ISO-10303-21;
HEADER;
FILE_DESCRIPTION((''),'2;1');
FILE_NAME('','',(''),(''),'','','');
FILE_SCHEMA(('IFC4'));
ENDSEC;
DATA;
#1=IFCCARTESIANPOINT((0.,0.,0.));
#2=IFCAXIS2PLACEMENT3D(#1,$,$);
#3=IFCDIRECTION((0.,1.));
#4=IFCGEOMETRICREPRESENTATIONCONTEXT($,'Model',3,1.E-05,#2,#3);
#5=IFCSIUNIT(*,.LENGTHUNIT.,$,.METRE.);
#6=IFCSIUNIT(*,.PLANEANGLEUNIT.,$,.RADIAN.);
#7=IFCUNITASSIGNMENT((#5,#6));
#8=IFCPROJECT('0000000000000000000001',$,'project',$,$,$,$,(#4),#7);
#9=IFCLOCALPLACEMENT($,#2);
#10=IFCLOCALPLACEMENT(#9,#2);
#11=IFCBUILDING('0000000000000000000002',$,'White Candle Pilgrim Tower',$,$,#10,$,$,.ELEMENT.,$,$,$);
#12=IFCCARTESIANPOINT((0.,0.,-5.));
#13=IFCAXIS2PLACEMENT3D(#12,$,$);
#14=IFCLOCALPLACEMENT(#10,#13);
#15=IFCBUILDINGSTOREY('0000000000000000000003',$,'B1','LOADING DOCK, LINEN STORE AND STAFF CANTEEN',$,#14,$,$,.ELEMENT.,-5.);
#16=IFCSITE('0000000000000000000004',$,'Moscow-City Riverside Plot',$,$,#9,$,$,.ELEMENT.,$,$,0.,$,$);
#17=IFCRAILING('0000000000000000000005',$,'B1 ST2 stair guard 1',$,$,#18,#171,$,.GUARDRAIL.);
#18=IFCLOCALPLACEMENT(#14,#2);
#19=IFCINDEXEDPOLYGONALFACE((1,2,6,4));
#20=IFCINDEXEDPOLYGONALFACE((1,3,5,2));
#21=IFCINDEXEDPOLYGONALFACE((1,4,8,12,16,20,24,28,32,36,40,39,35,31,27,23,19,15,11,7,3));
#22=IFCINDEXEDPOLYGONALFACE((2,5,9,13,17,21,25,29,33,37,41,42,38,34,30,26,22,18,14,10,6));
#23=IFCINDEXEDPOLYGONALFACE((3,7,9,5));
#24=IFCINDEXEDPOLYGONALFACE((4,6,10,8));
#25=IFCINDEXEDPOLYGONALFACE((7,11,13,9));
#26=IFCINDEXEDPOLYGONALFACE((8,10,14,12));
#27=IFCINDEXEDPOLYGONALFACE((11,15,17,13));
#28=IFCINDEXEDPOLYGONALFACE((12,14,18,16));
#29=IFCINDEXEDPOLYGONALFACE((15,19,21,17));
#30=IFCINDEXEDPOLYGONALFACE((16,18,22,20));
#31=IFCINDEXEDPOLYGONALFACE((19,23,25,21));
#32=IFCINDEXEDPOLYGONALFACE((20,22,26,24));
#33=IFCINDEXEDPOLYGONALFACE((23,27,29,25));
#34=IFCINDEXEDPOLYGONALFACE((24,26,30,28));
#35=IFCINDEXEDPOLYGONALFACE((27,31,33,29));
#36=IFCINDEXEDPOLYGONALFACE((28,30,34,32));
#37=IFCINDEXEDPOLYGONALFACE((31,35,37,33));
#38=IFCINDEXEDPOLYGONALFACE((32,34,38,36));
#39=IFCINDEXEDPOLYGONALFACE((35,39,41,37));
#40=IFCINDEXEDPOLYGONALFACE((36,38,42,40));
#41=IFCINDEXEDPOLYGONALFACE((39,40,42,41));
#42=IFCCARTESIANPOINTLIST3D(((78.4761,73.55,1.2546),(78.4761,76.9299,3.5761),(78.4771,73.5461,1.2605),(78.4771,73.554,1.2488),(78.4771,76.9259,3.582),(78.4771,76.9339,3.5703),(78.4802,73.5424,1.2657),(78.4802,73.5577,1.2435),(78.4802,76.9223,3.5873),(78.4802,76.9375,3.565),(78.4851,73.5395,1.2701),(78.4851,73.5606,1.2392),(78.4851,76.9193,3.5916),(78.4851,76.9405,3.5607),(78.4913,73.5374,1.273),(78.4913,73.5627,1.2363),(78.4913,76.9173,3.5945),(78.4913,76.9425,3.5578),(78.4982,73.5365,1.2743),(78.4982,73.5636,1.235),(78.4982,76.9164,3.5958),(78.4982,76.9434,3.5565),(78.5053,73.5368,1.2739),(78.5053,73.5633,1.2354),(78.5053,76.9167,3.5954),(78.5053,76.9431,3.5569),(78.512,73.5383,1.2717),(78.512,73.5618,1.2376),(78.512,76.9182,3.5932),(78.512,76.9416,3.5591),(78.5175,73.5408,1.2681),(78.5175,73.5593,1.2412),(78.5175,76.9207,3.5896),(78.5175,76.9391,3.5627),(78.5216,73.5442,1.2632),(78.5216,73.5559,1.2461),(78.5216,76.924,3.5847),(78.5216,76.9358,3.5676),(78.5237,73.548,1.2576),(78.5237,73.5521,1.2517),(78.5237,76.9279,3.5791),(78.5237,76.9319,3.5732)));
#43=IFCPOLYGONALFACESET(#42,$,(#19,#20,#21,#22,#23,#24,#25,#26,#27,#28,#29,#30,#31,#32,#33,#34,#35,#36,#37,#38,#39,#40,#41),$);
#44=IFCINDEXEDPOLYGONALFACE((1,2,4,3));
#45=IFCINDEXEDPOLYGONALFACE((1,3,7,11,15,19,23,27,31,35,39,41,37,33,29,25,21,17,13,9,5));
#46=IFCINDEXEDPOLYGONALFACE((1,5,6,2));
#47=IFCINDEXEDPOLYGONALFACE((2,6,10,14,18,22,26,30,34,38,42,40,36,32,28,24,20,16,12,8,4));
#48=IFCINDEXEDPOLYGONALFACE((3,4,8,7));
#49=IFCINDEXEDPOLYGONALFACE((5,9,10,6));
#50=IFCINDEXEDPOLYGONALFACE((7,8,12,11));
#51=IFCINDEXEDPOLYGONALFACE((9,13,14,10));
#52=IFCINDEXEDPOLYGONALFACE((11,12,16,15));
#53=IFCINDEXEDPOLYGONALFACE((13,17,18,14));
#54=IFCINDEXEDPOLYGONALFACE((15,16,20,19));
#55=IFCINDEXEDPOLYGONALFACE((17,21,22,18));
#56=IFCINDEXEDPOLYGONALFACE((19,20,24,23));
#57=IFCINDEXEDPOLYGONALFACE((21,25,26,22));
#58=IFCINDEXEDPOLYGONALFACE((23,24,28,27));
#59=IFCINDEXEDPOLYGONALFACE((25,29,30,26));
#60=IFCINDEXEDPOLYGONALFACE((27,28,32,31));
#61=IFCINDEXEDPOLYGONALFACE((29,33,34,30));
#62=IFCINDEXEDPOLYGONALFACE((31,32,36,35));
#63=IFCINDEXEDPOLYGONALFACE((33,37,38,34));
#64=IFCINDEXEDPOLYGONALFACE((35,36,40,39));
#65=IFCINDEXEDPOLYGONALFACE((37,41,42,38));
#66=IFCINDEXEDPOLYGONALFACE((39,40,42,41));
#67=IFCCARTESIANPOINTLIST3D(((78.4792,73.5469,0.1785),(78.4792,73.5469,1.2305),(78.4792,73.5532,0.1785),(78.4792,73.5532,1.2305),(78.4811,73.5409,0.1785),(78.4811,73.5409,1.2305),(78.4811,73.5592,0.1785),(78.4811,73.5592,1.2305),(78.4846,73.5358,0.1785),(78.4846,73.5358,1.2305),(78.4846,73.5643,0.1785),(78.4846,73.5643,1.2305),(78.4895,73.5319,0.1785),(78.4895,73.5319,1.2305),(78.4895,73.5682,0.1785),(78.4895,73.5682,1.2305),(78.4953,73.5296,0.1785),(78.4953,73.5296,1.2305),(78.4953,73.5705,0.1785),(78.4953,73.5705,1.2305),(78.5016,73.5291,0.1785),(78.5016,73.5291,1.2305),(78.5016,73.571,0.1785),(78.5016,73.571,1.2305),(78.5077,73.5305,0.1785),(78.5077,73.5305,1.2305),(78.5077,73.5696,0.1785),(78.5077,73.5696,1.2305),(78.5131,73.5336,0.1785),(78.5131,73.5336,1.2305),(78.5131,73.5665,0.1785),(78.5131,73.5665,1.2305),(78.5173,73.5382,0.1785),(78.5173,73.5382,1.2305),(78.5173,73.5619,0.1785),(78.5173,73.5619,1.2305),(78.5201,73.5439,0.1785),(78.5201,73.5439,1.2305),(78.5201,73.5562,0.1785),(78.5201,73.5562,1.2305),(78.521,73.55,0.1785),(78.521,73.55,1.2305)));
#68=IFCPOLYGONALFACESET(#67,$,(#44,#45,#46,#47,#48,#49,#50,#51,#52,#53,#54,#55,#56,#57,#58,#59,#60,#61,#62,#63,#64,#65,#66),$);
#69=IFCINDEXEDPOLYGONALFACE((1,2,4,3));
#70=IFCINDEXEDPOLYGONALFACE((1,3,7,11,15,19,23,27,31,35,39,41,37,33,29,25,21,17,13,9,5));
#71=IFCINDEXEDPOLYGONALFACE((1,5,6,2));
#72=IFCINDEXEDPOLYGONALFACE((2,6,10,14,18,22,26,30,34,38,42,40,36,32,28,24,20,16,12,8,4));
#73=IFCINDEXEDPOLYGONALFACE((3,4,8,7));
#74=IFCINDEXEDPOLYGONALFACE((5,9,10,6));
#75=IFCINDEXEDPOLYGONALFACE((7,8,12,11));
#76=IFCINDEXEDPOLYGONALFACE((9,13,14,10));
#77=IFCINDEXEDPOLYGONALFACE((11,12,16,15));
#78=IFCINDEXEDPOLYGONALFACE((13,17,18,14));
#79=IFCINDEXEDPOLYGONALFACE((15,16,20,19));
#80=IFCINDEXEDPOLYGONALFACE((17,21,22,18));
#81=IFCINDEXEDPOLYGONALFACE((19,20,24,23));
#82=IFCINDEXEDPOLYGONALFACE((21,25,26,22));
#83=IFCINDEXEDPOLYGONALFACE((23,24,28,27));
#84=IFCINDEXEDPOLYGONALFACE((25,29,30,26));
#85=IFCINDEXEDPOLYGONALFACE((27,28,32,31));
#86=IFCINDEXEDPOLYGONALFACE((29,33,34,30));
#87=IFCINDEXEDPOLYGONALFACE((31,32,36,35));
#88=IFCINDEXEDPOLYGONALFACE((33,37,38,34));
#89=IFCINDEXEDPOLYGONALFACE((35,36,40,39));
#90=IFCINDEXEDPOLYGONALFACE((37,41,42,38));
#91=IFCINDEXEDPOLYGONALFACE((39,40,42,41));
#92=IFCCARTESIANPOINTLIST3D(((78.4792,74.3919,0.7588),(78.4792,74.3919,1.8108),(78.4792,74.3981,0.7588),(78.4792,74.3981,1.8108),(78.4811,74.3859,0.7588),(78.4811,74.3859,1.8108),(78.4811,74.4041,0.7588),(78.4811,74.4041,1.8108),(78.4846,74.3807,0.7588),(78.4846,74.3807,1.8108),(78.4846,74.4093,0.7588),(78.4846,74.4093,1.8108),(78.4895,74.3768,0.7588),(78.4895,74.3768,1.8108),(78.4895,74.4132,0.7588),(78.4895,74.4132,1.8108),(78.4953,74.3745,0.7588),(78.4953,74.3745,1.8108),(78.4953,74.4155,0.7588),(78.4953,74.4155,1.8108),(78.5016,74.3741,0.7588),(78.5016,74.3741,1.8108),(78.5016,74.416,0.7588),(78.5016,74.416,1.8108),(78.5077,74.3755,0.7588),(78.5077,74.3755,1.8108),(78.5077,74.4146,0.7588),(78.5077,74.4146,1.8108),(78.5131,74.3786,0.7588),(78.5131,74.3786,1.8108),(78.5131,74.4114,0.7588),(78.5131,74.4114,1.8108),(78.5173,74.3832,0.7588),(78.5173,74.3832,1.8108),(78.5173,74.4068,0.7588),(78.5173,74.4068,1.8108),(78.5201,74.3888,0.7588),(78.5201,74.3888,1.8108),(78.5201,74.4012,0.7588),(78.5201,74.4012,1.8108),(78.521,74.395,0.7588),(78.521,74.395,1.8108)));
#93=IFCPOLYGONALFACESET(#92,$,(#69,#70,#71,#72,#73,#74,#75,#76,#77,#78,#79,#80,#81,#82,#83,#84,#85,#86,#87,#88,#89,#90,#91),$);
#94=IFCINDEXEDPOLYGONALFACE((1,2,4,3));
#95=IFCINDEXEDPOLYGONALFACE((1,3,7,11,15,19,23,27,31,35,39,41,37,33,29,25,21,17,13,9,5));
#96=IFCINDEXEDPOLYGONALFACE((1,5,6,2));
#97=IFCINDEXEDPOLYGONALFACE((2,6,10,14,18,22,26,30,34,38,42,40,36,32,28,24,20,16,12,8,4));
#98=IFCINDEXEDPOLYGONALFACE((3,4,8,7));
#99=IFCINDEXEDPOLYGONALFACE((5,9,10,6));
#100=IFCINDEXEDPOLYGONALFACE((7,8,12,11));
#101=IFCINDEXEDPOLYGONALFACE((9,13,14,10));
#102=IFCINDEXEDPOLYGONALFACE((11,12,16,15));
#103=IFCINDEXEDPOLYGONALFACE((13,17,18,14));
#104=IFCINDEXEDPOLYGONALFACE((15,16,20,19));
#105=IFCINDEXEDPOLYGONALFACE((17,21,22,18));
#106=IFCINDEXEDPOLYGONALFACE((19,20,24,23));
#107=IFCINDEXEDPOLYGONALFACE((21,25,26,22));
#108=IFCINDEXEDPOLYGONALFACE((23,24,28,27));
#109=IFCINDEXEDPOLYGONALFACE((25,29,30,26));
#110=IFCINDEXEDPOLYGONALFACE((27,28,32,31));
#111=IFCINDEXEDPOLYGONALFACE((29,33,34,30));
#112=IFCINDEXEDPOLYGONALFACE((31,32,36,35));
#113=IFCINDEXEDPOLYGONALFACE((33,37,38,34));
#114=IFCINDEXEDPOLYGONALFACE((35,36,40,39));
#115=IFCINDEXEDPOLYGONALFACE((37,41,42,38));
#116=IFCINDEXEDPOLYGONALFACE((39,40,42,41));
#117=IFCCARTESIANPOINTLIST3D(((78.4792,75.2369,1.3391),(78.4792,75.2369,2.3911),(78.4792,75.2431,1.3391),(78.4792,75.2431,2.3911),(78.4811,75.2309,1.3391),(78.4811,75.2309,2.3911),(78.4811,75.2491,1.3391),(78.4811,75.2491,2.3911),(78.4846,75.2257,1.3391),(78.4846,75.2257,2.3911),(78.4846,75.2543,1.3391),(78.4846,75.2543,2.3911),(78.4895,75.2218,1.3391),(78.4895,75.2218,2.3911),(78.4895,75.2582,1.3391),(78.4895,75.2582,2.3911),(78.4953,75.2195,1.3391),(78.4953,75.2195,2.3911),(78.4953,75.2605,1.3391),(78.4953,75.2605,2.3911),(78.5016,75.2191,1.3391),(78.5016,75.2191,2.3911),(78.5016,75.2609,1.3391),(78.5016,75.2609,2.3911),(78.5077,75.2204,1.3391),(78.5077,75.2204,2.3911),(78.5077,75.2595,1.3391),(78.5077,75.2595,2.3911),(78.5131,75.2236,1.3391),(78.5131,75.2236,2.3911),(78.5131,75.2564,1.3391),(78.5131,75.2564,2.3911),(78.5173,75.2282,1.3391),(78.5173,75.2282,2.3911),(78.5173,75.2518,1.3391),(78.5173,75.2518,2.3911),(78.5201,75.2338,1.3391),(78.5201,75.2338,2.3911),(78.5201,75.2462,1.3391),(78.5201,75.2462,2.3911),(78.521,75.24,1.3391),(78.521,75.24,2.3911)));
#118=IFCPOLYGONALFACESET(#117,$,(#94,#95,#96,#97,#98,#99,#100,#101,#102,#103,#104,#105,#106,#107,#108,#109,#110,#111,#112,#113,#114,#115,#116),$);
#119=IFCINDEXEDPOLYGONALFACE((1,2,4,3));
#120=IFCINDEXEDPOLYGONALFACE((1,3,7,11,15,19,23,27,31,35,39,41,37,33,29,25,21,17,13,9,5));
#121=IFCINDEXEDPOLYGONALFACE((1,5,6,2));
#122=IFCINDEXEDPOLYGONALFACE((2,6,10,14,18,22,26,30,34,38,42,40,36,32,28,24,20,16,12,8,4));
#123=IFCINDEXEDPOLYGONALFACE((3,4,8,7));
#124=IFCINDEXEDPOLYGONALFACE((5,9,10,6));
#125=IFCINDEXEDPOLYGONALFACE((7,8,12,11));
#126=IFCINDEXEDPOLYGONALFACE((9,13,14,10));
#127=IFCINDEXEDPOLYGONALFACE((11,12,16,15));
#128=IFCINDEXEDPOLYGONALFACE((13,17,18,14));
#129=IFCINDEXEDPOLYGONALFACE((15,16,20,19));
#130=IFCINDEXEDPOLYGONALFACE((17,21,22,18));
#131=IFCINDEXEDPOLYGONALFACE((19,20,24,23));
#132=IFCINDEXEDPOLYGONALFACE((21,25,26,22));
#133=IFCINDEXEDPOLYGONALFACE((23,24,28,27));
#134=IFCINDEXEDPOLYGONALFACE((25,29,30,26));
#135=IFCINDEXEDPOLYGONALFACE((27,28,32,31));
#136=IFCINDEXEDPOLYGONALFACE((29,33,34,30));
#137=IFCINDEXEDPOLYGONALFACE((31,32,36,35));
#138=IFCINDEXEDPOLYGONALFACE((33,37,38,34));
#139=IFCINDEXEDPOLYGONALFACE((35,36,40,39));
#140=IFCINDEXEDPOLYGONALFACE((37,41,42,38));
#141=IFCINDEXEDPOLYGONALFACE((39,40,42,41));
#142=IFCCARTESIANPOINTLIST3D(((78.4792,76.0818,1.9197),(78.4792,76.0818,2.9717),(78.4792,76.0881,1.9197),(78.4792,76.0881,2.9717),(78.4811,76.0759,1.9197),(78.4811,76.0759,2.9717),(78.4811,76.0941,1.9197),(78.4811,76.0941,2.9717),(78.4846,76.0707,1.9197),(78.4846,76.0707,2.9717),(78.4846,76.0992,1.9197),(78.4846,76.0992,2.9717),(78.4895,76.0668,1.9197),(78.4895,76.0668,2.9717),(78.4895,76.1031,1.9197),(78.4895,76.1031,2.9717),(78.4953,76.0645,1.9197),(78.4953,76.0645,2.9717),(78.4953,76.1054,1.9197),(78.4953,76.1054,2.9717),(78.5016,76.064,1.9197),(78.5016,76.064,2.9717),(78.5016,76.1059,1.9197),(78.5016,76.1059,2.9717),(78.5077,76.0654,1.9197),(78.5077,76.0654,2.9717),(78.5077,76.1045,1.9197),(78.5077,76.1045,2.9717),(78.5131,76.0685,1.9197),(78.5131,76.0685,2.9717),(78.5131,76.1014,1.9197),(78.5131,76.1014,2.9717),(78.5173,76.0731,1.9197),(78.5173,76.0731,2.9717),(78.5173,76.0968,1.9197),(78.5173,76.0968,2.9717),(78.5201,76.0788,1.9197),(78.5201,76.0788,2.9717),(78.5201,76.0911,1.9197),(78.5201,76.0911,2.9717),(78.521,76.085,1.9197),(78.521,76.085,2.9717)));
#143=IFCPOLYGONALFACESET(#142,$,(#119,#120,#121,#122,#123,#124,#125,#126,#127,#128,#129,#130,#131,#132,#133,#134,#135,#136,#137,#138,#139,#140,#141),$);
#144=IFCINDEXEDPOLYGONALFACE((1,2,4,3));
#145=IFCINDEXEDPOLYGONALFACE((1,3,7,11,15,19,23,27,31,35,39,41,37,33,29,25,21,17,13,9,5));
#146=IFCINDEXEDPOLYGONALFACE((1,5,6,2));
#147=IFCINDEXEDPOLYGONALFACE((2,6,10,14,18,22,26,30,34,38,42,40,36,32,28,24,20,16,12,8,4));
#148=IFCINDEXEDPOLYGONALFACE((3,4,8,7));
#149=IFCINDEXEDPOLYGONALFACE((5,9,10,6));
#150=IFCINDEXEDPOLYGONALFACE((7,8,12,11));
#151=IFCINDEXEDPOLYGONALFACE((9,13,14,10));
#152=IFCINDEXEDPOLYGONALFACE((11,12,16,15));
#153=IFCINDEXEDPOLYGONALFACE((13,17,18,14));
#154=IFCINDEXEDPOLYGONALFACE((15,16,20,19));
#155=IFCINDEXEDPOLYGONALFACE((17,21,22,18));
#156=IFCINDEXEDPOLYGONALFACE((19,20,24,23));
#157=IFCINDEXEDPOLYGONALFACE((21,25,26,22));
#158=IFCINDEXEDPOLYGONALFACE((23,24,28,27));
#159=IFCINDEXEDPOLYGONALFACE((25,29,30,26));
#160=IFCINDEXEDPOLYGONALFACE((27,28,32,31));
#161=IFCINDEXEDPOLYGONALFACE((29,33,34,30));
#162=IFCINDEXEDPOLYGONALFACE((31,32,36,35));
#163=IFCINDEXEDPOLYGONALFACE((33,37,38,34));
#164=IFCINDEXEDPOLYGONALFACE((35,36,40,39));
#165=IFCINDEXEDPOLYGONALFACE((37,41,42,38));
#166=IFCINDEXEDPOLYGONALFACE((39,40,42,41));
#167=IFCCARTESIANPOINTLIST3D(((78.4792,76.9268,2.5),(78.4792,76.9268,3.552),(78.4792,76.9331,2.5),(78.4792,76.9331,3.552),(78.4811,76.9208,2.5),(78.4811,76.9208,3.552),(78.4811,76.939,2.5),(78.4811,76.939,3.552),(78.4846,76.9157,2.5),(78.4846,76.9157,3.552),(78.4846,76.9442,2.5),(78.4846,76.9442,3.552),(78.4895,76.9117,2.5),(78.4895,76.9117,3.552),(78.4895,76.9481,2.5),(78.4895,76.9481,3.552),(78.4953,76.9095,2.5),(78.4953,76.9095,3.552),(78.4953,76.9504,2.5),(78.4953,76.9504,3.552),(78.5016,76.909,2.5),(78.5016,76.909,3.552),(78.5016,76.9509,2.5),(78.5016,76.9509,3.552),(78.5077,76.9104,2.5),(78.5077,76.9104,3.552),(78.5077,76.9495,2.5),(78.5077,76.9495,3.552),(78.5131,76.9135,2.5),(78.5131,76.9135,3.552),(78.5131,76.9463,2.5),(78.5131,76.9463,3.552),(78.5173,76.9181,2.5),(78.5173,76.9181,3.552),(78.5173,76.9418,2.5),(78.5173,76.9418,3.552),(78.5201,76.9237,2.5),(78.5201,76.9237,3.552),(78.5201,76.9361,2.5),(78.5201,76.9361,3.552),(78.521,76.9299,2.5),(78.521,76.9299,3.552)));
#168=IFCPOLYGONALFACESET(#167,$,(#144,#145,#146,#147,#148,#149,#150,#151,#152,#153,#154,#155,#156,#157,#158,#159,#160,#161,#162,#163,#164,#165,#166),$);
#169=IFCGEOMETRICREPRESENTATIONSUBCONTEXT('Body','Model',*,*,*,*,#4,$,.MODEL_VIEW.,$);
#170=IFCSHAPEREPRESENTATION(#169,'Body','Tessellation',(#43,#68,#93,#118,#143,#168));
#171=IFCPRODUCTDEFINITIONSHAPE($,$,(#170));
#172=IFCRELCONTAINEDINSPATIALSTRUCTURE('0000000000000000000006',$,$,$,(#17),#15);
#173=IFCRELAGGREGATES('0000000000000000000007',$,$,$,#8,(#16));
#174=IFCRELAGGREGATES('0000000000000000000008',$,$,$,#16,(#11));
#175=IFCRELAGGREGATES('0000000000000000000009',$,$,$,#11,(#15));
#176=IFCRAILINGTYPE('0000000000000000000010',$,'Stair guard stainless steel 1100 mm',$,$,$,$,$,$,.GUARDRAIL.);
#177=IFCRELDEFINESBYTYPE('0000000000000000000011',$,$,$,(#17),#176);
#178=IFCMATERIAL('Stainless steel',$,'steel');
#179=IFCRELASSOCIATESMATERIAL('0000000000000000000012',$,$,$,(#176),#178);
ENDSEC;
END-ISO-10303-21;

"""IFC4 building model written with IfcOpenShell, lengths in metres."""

from ifc_helpers import new_model, si_unit, direction, frame, origin, origin_2d, place, context, subcontext, project, spatial, circle, extrude, material, type_object, element, save


model = new_model("IFC4")

# Units and contexts
model_context = context("Model", 3, precision=1e-05, world=origin(), true_north=direction((0.0, 1.0)))
body_context = subcontext(model_context, "Body", "Model", "MODEL_VIEW")
ifc_project = project(units=[si_unit("LENGTHUNIT", "METRE"), si_unit("PLANEANGLEUNIT", "RADIAN")], contexts=[model_context])

# Site, building, storey
site_placement = place(None, origin())
site = spatial("IfcSite", under=ifc_project, at=site_placement, Name="Moscow-City Riverside Plot", CompositionType="ELEMENT", RefElevation=0.0)
building_placement = place(site_placement, origin())
building = spatial("IfcBuilding", under=site, at=building_placement, Name="White Candle Pilgrim Tower", CompositionType="ELEMENT")
storey_placement = place(building_placement, frame((0.0, 0.0, -5.0)))
storey = spatial("IfcBuildingStorey", under=building, at=storey_placement, Name="B1", Description="LOADING DOCK, LINEN STORE AND STAFF CANTEEN", CompositionType="ELEMENT", Elevation=-5.0)

# Railing
ifc_material_1 = material(Name="Stainless steel", Category="steel")
railing_type_1 = type_object("IfcRailingType", Name="Stair guard stainless steel 1100 mm", PredefinedType="GUARDRAIL", material=ifc_material_1)
railing_1_placement = place(storey_placement, frame((78.5, 73.55, 0.1785)))
element("IfcRailing", 1, at=railing_1_placement, inside=storey, type_object=railing_type_1, Name="B1 ST2 stair guard 1", PredefinedType="GUARDRAIL", context=body_context, shape_type="SweptSolid", body=[
    extrude(circle(Radius=0.0239, at=origin_2d()), frame((0.0, 0.0, 1.0762), z_axis=(0.0, 0.824285, 0.566175), x_axis=(-1.0, 0.0, 0.0)), (0.0, 0.0, 1.0), 4.1003),
    extrude(circle(Radius=0.021, at=origin_2d()), origin(), (0.0, 0.0, 1.0), 1.052),
    extrude(circle(Radius=0.021, at=origin_2d()), frame((0.0, 0.845, 0.5803)), (0.0, 0.0, 1.0), 1.052),
    extrude(circle(Radius=0.021, at=origin_2d()), frame((0.0, 1.6899, 1.1606)), (0.0, 0.0, 1.0), 1.052),
    extrude(circle(Radius=0.021, at=origin_2d()), frame((0.0, 2.5349, 1.7412)), (0.0, 0.0, 1.0), 1.052),
    extrude(circle(Radius=0.021, at=origin_2d()), frame((0.0, 3.3799, 2.3215)), (0.0, 0.0, 1.0), 1.052),
])

save(model, "model.ifc")
